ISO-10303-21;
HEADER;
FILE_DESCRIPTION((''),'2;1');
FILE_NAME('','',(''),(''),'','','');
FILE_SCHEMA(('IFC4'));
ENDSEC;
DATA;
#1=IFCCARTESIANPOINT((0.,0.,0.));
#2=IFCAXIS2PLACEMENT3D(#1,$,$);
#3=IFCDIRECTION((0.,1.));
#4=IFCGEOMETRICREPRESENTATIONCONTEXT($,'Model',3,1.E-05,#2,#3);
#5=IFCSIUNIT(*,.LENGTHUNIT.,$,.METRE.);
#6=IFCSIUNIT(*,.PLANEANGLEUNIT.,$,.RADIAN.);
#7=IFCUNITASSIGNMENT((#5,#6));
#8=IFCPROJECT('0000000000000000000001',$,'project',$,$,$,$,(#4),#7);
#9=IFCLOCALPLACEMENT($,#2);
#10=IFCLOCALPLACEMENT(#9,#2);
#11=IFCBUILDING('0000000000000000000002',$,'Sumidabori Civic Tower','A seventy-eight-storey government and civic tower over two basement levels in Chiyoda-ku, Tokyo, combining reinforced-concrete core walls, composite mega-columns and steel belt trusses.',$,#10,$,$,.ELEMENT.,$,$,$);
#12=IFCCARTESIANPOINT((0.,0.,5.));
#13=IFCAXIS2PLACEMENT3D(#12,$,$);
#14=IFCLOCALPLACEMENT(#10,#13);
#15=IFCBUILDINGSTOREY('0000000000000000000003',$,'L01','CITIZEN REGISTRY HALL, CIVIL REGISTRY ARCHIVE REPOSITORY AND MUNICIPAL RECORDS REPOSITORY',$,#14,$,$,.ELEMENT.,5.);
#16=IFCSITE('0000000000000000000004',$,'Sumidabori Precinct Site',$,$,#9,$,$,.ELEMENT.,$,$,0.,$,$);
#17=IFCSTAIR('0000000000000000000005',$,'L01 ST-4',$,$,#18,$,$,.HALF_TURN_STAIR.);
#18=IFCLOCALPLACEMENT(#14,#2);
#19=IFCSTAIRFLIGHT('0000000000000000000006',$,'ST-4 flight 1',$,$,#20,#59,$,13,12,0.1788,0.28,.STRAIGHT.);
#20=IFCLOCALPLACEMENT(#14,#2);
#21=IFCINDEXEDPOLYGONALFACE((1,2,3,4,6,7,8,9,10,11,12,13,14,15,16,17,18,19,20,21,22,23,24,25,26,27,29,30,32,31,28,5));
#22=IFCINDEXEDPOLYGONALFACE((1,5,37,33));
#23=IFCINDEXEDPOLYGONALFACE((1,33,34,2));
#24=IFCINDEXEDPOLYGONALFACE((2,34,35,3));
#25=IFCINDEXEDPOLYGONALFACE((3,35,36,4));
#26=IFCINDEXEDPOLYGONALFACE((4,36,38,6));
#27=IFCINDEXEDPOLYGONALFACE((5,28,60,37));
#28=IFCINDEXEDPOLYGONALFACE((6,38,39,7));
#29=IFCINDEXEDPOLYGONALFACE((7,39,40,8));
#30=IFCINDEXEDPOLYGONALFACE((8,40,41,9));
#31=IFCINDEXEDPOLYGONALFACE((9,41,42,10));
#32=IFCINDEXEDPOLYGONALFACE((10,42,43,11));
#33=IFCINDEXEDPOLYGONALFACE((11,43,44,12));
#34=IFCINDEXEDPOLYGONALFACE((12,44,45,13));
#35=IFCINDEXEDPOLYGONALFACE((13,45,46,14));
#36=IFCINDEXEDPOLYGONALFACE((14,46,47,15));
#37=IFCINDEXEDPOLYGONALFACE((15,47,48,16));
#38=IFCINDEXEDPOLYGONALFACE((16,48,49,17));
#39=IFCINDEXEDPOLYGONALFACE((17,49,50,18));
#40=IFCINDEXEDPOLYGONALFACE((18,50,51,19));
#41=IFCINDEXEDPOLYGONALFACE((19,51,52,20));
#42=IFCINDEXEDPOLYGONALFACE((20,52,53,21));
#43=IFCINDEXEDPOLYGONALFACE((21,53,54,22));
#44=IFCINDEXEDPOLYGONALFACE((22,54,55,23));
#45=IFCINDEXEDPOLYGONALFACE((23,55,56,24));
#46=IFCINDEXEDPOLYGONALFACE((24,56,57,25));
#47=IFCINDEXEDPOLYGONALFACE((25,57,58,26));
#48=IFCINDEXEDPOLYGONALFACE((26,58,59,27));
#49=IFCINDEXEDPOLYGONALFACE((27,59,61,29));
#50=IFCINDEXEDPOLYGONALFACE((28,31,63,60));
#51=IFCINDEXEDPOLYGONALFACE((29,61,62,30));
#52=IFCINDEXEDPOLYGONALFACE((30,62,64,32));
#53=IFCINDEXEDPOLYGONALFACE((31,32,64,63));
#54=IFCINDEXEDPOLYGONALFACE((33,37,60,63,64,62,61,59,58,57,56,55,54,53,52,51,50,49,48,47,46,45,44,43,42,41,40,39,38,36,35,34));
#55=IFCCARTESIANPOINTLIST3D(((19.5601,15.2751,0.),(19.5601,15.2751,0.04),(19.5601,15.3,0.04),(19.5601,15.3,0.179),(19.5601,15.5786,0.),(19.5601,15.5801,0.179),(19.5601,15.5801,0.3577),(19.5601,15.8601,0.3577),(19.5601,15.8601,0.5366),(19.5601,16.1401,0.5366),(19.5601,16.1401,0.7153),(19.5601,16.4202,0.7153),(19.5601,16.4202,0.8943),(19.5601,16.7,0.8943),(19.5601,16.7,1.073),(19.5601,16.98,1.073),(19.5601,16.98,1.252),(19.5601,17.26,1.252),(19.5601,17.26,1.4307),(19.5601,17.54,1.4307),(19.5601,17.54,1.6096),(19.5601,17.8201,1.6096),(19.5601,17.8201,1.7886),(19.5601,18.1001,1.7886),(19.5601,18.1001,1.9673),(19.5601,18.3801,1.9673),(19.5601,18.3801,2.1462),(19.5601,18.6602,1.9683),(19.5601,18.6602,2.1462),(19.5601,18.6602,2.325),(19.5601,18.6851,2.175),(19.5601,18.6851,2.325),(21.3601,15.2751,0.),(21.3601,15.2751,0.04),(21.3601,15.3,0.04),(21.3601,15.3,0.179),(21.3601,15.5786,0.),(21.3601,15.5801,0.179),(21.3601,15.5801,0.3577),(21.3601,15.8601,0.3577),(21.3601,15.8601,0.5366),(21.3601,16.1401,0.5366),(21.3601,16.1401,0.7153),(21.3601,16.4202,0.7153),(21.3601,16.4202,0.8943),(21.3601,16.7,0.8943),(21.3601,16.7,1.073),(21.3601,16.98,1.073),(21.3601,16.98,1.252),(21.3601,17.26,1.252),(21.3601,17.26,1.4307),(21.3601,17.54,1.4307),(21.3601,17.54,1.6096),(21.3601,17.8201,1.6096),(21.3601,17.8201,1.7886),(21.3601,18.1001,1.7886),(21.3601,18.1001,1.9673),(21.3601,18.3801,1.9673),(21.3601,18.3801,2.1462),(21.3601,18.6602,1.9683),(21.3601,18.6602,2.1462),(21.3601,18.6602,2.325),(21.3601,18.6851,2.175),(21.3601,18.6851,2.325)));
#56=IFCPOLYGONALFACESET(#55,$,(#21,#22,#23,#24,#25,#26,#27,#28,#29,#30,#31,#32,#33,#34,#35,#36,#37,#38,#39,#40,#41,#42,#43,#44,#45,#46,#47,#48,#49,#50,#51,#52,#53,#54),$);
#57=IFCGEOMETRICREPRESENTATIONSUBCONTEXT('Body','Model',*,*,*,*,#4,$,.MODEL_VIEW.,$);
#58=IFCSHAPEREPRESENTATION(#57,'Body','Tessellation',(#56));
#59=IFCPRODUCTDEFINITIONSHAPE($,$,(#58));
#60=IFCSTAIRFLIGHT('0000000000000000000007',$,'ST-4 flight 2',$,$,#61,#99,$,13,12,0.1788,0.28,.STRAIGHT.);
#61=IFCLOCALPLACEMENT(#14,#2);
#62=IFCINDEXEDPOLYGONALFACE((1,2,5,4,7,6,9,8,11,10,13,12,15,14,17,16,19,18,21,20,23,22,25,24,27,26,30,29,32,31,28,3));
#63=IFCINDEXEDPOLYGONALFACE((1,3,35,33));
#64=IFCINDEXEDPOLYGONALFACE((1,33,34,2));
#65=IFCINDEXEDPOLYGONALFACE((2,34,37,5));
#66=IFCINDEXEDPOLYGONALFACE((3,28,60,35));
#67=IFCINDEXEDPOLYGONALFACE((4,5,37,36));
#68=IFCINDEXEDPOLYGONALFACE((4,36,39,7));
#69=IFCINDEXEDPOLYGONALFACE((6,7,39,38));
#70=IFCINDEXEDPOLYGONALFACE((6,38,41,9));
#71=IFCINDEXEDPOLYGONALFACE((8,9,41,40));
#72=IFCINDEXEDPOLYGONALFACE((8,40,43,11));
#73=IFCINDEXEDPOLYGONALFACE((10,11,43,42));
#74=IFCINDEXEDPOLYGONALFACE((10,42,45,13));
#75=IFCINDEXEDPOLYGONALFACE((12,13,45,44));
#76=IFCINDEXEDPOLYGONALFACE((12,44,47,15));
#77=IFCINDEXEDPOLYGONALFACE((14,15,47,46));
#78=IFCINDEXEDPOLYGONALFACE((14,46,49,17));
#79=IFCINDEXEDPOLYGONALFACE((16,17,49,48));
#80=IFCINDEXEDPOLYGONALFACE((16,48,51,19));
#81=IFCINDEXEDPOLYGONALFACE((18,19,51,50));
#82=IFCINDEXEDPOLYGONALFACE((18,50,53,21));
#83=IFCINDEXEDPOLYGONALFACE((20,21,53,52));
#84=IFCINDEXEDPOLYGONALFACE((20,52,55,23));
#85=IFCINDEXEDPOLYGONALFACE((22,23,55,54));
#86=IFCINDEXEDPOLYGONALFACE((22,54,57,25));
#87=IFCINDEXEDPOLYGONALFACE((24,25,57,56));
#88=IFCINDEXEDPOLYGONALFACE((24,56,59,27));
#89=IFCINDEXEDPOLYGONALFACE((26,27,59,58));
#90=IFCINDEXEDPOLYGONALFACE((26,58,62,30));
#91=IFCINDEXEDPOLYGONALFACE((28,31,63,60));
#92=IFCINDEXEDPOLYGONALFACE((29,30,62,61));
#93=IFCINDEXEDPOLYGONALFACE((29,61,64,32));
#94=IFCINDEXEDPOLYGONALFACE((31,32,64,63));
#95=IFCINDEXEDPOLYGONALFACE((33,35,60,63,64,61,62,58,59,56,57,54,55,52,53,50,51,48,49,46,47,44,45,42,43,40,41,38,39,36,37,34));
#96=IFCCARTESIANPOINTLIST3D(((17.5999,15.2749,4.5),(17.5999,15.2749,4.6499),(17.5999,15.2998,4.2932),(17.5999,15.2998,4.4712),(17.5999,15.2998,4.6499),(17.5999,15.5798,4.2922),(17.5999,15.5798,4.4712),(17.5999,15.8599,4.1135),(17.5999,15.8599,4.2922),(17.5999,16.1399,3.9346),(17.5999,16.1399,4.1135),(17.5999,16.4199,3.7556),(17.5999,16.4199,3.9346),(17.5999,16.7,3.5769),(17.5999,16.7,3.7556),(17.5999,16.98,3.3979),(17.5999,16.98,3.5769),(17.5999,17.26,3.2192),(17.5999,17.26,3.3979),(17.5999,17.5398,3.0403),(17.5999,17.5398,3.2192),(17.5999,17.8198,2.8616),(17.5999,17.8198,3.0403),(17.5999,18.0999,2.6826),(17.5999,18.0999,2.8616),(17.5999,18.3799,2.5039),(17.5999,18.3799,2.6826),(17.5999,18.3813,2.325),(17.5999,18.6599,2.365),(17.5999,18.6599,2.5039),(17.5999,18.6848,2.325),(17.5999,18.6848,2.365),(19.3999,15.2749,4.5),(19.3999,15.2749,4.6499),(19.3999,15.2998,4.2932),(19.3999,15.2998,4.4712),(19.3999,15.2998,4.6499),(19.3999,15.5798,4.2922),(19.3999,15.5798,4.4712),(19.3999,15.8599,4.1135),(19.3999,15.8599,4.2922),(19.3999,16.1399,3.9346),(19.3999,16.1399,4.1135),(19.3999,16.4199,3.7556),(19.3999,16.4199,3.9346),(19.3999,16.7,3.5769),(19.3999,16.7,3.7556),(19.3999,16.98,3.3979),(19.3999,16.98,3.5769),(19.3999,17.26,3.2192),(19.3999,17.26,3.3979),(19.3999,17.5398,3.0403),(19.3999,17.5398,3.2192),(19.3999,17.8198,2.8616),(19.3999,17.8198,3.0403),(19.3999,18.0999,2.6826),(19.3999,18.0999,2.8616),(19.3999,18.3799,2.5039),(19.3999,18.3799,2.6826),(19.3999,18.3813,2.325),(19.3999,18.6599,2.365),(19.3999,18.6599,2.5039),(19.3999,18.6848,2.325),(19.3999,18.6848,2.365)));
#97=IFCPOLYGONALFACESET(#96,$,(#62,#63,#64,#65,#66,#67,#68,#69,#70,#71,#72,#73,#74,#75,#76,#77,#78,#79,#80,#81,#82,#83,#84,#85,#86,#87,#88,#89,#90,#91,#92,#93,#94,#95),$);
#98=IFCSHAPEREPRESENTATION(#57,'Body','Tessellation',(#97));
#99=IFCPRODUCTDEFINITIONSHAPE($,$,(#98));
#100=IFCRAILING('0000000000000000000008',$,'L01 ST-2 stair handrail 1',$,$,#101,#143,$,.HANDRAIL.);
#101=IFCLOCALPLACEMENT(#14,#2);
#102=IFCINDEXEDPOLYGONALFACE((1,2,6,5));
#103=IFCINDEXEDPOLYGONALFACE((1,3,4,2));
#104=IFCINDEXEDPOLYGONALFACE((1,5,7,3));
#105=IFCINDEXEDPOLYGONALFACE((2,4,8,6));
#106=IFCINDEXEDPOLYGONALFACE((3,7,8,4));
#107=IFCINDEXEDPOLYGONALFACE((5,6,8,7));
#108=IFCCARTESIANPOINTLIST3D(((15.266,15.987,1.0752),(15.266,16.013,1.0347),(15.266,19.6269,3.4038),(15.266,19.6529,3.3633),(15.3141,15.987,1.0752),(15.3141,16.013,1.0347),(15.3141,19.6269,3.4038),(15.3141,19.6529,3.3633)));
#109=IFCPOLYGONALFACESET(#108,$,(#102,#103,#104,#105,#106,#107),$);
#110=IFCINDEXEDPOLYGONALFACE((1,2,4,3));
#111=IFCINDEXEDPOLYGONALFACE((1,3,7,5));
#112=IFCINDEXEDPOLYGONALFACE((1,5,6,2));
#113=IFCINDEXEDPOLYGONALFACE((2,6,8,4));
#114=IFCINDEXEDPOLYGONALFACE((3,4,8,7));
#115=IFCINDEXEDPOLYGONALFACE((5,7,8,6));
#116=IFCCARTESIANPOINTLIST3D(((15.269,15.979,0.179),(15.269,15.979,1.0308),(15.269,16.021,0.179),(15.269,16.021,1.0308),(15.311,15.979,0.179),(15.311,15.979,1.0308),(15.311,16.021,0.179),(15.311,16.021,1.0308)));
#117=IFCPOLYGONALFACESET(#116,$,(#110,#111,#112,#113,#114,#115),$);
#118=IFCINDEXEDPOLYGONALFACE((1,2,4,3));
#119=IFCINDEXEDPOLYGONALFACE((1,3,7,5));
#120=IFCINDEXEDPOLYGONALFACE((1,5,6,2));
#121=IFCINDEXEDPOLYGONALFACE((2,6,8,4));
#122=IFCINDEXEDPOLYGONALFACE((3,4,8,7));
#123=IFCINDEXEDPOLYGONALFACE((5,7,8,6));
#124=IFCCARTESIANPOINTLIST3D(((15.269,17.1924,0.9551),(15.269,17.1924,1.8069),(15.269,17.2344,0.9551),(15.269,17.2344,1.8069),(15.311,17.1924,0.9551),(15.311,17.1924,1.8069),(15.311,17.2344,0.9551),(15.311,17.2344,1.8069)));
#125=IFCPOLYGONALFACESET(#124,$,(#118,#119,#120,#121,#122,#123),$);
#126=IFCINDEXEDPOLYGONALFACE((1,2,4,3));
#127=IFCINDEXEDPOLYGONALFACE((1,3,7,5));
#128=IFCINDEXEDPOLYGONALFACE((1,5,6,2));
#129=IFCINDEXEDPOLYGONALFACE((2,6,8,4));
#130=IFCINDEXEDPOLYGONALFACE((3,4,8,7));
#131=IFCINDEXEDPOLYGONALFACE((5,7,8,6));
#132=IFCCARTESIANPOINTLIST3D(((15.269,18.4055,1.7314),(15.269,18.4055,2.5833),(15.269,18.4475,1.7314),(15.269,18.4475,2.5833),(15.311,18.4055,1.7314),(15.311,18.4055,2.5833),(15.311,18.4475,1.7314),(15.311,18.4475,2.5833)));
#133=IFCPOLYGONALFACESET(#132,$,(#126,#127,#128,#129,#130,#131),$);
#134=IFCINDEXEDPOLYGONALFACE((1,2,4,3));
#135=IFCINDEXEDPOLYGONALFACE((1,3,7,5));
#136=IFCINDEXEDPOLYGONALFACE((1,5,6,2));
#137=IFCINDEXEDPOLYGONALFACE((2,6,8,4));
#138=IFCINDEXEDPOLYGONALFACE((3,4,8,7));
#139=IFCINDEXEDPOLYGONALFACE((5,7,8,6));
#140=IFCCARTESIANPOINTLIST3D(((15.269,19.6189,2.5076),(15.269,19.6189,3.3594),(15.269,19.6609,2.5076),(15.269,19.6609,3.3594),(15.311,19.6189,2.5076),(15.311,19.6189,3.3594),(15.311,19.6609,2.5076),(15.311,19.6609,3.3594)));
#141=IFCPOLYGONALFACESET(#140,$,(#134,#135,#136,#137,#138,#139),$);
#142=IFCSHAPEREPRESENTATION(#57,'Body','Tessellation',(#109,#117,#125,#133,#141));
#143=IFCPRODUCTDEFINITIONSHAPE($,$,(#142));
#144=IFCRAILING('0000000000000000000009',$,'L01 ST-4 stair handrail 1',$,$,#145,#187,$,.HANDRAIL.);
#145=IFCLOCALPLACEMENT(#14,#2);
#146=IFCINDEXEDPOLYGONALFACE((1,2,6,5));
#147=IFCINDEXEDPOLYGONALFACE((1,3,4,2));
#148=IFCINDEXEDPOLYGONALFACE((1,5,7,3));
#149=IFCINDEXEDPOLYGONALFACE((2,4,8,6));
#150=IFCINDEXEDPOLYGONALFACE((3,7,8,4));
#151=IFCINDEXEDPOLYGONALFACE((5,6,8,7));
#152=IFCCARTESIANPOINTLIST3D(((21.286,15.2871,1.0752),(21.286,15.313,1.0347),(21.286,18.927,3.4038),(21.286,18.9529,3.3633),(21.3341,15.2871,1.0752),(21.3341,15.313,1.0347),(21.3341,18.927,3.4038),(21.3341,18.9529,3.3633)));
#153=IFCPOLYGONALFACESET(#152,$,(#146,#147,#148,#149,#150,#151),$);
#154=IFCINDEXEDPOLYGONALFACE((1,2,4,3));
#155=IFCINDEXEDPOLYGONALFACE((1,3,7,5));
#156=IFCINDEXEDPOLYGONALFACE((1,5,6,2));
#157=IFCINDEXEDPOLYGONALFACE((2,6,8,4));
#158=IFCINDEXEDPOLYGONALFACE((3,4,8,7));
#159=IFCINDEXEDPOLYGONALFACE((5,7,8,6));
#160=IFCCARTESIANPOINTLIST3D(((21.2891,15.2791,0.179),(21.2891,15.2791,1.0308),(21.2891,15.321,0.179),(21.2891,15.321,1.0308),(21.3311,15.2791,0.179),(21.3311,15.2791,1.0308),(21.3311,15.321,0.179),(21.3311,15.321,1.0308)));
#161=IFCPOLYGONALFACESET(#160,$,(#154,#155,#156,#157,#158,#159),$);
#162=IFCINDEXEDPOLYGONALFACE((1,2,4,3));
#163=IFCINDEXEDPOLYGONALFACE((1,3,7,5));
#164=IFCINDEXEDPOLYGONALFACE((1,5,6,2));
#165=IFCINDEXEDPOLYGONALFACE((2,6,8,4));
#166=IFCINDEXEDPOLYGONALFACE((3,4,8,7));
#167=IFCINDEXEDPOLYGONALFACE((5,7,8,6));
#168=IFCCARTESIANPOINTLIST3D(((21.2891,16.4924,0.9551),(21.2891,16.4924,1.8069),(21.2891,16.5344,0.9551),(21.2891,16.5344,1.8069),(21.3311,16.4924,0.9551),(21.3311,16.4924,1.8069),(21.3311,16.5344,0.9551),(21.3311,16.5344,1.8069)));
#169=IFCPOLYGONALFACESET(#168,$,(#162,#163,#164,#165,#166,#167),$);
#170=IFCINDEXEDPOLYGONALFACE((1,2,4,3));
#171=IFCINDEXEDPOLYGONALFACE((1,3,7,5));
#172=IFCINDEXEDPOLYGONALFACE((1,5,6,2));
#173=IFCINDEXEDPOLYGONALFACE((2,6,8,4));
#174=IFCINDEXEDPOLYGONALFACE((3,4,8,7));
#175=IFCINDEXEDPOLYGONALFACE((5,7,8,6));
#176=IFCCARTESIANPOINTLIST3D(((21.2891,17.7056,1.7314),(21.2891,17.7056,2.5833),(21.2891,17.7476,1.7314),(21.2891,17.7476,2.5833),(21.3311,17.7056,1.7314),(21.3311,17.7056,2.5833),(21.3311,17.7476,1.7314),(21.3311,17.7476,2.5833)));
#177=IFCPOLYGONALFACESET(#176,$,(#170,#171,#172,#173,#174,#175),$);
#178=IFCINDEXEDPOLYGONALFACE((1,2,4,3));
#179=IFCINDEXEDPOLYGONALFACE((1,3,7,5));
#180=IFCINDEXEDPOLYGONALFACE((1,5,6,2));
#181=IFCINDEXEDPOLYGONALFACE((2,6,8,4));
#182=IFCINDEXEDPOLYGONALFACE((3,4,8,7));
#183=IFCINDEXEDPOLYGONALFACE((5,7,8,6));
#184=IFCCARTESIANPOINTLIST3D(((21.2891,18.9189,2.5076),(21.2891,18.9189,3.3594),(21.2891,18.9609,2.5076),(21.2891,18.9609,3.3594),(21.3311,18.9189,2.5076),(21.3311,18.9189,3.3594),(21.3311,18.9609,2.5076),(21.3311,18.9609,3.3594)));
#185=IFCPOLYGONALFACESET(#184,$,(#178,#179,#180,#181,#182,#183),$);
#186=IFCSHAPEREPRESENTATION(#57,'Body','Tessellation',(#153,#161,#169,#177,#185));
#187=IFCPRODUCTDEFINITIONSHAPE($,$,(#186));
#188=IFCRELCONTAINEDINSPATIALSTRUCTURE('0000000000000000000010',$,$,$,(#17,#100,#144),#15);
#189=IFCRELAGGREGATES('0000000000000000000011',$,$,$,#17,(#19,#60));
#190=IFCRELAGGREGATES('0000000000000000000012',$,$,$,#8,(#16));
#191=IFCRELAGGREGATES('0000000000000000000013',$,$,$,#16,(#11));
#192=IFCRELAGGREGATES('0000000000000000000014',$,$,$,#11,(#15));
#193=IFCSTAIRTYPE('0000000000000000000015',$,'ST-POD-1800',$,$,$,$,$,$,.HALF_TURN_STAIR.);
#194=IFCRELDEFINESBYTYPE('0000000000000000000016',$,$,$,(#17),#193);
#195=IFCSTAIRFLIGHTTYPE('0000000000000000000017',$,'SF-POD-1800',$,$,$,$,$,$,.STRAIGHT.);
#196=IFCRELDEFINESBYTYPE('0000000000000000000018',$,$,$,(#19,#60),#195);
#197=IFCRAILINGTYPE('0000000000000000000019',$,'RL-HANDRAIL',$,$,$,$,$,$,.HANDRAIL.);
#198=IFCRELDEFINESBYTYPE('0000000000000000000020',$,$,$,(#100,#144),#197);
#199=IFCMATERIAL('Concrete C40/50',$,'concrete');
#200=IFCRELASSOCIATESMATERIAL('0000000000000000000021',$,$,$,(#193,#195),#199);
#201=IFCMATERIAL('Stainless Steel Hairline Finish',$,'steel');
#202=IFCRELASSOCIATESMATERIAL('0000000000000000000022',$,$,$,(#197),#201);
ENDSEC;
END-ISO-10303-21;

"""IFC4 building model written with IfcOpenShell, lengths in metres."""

from ifc_helpers import new_model, si_unit, direction, frame, origin, origin_2d, place, context, subcontext, project, spatial, polyline, rectangle, outline, extrude, source, transform, mapped, material, type_object, element, aggregate, save


model = new_model("IFC4")

# Units and contexts
model_context = context("Model", 3, precision=1e-05, world=origin(), true_north=direction((0.0, 1.0)))
body_context = subcontext(model_context, "Body", "Model", "MODEL_VIEW")
ifc_project = project(units=[si_unit("LENGTHUNIT", "METRE"), si_unit("PLANEANGLEUNIT", "RADIAN")], contexts=[model_context])

# Site, building, storey
site_placement = place(None, origin())
site = spatial("IfcSite", under=ifc_project, at=site_placement, Name="Sumidabori Precinct Site", CompositionType="ELEMENT", RefElevation=0.0)
building_placement = place(site_placement, origin())
building = spatial("IfcBuilding", under=site, at=building_placement, Name="Sumidabori Civic Tower", Description="A seventy-eight-storey government and civic tower over two basement levels in Chiyoda-ku, Tokyo, combining reinforced-concrete core walls, composite mega-columns and steel belt trusses.", CompositionType="ELEMENT")
storey_placement = place(building_placement, frame((0.0, 0.0, 5.0)))
storey = spatial("IfcBuildingStorey", under=building, at=storey_placement, Name="L01", Description="CITIZEN REGISTRY HALL, CIVIL REGISTRY ARCHIVE REPOSITORY AND MUNICIPAL RECORDS REPOSITORY", CompositionType="ELEMENT", Elevation=5.0)

# Stair, stair flights
ifc_material_1 = material(Name="Concrete C40/50", Category="concrete")
stair_type = type_object("IfcStairType", Name="ST-POD-1800", PredefinedType="HALF_TURN_STAIR", material=ifc_material_1)
stair_placement = place(storey_placement, origin())
stair = element("IfcStair", 1, at=stair_placement, inside=storey, type_object=stair_type, Name="L01 ST-4", PredefinedType="HALF_TURN_STAIR")
stair_flight_type = type_object("IfcStairFlightType", Name="SF-POD-1800", PredefinedType="STRAIGHT", material=ifc_material_1)
shared_shape_1 = source(origin(), body_context, "Body", "SweptSolid", [
    extrude(outline(polyline([(-0.0249, 0.0), (-0.0249, 0.04), (0.0, 0.04), (0.0, 0.179), (0.28, 0.179), (0.28, 0.3577), (0.5601, 0.3577), (0.5601, 0.5366), (0.8401, 0.5366), (0.8401, 0.7153), (1.1201, 0.7153), (1.1201, 0.8943), (1.3999, 0.8943), (1.3999, 1.073), (1.6799, 1.073), (1.6799, 1.252), (1.96, 1.252), (1.96, 1.4307), (2.24, 1.4307), (2.24, 1.6096), (2.52, 1.6096), (2.52, 1.7886), (2.8, 1.7886), (2.8, 1.9673), (3.0801, 1.9673), (3.0801, 2.1462), (3.3601, 2.1462), (3.3601, 2.325), (3.385, 2.325), (3.385, 2.175), (3.3601, 1.9683), (0.2786, 0.0), (-0.0249, 0.0)])), frame((0.0, 0.8999, 0.0), z_axis=(0.0, -1.0, 0.0), x_axis=(1.0, 0.0, 0.0)), (0.0, 0.0, 1.0), 1.8),
])
stair_flight_1_placement = place(storey_placement, frame((20.46, 15.3, 0.0), z_axis=(0.0, 0.0, 1.0), x_axis=(0.0, 1.0, 0.0)))
stair_flight_1 = element("IfcStairFlight", 2, at=stair_flight_1_placement, type_object=stair_flight_type, Name="ST-4 flight 1", NumberOfRisers=13, NumberOfTreads=12, PredefinedType="STRAIGHT", RiserHeight=0.1788, TreadLength=0.28, context=body_context, shape_type="MappedRepresentation", body=[
    mapped(shared_shape_1, transform((0.0, 0.0, 0.0), x_axis=(1.0, 0.0, 0.0), y_axis=(0.0, 1.0, 0.0), z_axis=(0.0, 0.0, 1.0), scale=1.0)),
])
stair_flight_2_placement = place(storey_placement, frame((18.5, 18.6599, 2.325), z_axis=(0.0, 0.0, 1.0), x_axis=(0.0, -1.0, 0.0)))
stair_flight_2 = element("IfcStairFlight", 3, at=stair_flight_2_placement, type_object=stair_flight_type, Name="ST-4 flight 2", NumberOfRisers=13, NumberOfTreads=12, PredefinedType="STRAIGHT", RiserHeight=0.1788, TreadLength=0.28, context=body_context, shape_type="MappedRepresentation", body=[
    mapped(shared_shape_1, transform((0.0, 0.0, 0.0), x_axis=(1.0, 0.0, 0.0), y_axis=(0.0, 1.0, 0.0), z_axis=(0.0, 0.0, 1.0), scale=1.0)),
])
aggregate(stair, [stair_flight_1, stair_flight_2])

# Railings
ifc_material_2 = material(Name="Stainless Steel Hairline Finish", Category="steel")
railing_type_1 = type_object("IfcRailingType", Name="RL-HANDRAIL", PredefinedType="HANDRAIL", material=ifc_material_2)
for number, where, name in (
    (4, (15.29, 16.0, 0.179), "L01 ST-2 stair handrail 1"),
    (5, (21.3101, 15.3, 0.179), "L01 ST-4 stair handrail 1"),
):
    element("IfcRailing", number, at=place(storey_placement, frame(where)), inside=storey, type_object=railing_type_1, Name=name, PredefinedType="HANDRAIL", context=body_context, shape_type="SweptSolid", body=[
        extrude(rectangle(XDim=0.0481, YDim=0.0481, at=origin_2d()), frame((0.0, 0.0, 0.876), z_axis=(0.0, 0.842368, 0.538903), x_axis=(-1.0, 0.0, 0.0)), (0.0, 0.0, 1.0), 4.321),
        extrude(rectangle(XDim=0.042, YDim=0.042, at=origin_2d()), origin(), (0.0, 0.0, 1.0), 0.8518),
        extrude(rectangle(XDim=0.042, YDim=0.042, at=origin_2d()), frame((0.0, 1.2134, 0.7761)), (0.0, 0.0, 1.0), 0.8518),
        extrude(rectangle(XDim=0.042, YDim=0.042, at=origin_2d()), frame((0.0, 2.4265, 1.5525)), (0.0, 0.0, 1.0), 0.8518),
        extrude(rectangle(XDim=0.042, YDim=0.042, at=origin_2d()), frame((0.0, 3.6399, 2.3286)), (0.0, 0.0, 1.0), 0.8518),
    ])

save(model, "model.ifc")
